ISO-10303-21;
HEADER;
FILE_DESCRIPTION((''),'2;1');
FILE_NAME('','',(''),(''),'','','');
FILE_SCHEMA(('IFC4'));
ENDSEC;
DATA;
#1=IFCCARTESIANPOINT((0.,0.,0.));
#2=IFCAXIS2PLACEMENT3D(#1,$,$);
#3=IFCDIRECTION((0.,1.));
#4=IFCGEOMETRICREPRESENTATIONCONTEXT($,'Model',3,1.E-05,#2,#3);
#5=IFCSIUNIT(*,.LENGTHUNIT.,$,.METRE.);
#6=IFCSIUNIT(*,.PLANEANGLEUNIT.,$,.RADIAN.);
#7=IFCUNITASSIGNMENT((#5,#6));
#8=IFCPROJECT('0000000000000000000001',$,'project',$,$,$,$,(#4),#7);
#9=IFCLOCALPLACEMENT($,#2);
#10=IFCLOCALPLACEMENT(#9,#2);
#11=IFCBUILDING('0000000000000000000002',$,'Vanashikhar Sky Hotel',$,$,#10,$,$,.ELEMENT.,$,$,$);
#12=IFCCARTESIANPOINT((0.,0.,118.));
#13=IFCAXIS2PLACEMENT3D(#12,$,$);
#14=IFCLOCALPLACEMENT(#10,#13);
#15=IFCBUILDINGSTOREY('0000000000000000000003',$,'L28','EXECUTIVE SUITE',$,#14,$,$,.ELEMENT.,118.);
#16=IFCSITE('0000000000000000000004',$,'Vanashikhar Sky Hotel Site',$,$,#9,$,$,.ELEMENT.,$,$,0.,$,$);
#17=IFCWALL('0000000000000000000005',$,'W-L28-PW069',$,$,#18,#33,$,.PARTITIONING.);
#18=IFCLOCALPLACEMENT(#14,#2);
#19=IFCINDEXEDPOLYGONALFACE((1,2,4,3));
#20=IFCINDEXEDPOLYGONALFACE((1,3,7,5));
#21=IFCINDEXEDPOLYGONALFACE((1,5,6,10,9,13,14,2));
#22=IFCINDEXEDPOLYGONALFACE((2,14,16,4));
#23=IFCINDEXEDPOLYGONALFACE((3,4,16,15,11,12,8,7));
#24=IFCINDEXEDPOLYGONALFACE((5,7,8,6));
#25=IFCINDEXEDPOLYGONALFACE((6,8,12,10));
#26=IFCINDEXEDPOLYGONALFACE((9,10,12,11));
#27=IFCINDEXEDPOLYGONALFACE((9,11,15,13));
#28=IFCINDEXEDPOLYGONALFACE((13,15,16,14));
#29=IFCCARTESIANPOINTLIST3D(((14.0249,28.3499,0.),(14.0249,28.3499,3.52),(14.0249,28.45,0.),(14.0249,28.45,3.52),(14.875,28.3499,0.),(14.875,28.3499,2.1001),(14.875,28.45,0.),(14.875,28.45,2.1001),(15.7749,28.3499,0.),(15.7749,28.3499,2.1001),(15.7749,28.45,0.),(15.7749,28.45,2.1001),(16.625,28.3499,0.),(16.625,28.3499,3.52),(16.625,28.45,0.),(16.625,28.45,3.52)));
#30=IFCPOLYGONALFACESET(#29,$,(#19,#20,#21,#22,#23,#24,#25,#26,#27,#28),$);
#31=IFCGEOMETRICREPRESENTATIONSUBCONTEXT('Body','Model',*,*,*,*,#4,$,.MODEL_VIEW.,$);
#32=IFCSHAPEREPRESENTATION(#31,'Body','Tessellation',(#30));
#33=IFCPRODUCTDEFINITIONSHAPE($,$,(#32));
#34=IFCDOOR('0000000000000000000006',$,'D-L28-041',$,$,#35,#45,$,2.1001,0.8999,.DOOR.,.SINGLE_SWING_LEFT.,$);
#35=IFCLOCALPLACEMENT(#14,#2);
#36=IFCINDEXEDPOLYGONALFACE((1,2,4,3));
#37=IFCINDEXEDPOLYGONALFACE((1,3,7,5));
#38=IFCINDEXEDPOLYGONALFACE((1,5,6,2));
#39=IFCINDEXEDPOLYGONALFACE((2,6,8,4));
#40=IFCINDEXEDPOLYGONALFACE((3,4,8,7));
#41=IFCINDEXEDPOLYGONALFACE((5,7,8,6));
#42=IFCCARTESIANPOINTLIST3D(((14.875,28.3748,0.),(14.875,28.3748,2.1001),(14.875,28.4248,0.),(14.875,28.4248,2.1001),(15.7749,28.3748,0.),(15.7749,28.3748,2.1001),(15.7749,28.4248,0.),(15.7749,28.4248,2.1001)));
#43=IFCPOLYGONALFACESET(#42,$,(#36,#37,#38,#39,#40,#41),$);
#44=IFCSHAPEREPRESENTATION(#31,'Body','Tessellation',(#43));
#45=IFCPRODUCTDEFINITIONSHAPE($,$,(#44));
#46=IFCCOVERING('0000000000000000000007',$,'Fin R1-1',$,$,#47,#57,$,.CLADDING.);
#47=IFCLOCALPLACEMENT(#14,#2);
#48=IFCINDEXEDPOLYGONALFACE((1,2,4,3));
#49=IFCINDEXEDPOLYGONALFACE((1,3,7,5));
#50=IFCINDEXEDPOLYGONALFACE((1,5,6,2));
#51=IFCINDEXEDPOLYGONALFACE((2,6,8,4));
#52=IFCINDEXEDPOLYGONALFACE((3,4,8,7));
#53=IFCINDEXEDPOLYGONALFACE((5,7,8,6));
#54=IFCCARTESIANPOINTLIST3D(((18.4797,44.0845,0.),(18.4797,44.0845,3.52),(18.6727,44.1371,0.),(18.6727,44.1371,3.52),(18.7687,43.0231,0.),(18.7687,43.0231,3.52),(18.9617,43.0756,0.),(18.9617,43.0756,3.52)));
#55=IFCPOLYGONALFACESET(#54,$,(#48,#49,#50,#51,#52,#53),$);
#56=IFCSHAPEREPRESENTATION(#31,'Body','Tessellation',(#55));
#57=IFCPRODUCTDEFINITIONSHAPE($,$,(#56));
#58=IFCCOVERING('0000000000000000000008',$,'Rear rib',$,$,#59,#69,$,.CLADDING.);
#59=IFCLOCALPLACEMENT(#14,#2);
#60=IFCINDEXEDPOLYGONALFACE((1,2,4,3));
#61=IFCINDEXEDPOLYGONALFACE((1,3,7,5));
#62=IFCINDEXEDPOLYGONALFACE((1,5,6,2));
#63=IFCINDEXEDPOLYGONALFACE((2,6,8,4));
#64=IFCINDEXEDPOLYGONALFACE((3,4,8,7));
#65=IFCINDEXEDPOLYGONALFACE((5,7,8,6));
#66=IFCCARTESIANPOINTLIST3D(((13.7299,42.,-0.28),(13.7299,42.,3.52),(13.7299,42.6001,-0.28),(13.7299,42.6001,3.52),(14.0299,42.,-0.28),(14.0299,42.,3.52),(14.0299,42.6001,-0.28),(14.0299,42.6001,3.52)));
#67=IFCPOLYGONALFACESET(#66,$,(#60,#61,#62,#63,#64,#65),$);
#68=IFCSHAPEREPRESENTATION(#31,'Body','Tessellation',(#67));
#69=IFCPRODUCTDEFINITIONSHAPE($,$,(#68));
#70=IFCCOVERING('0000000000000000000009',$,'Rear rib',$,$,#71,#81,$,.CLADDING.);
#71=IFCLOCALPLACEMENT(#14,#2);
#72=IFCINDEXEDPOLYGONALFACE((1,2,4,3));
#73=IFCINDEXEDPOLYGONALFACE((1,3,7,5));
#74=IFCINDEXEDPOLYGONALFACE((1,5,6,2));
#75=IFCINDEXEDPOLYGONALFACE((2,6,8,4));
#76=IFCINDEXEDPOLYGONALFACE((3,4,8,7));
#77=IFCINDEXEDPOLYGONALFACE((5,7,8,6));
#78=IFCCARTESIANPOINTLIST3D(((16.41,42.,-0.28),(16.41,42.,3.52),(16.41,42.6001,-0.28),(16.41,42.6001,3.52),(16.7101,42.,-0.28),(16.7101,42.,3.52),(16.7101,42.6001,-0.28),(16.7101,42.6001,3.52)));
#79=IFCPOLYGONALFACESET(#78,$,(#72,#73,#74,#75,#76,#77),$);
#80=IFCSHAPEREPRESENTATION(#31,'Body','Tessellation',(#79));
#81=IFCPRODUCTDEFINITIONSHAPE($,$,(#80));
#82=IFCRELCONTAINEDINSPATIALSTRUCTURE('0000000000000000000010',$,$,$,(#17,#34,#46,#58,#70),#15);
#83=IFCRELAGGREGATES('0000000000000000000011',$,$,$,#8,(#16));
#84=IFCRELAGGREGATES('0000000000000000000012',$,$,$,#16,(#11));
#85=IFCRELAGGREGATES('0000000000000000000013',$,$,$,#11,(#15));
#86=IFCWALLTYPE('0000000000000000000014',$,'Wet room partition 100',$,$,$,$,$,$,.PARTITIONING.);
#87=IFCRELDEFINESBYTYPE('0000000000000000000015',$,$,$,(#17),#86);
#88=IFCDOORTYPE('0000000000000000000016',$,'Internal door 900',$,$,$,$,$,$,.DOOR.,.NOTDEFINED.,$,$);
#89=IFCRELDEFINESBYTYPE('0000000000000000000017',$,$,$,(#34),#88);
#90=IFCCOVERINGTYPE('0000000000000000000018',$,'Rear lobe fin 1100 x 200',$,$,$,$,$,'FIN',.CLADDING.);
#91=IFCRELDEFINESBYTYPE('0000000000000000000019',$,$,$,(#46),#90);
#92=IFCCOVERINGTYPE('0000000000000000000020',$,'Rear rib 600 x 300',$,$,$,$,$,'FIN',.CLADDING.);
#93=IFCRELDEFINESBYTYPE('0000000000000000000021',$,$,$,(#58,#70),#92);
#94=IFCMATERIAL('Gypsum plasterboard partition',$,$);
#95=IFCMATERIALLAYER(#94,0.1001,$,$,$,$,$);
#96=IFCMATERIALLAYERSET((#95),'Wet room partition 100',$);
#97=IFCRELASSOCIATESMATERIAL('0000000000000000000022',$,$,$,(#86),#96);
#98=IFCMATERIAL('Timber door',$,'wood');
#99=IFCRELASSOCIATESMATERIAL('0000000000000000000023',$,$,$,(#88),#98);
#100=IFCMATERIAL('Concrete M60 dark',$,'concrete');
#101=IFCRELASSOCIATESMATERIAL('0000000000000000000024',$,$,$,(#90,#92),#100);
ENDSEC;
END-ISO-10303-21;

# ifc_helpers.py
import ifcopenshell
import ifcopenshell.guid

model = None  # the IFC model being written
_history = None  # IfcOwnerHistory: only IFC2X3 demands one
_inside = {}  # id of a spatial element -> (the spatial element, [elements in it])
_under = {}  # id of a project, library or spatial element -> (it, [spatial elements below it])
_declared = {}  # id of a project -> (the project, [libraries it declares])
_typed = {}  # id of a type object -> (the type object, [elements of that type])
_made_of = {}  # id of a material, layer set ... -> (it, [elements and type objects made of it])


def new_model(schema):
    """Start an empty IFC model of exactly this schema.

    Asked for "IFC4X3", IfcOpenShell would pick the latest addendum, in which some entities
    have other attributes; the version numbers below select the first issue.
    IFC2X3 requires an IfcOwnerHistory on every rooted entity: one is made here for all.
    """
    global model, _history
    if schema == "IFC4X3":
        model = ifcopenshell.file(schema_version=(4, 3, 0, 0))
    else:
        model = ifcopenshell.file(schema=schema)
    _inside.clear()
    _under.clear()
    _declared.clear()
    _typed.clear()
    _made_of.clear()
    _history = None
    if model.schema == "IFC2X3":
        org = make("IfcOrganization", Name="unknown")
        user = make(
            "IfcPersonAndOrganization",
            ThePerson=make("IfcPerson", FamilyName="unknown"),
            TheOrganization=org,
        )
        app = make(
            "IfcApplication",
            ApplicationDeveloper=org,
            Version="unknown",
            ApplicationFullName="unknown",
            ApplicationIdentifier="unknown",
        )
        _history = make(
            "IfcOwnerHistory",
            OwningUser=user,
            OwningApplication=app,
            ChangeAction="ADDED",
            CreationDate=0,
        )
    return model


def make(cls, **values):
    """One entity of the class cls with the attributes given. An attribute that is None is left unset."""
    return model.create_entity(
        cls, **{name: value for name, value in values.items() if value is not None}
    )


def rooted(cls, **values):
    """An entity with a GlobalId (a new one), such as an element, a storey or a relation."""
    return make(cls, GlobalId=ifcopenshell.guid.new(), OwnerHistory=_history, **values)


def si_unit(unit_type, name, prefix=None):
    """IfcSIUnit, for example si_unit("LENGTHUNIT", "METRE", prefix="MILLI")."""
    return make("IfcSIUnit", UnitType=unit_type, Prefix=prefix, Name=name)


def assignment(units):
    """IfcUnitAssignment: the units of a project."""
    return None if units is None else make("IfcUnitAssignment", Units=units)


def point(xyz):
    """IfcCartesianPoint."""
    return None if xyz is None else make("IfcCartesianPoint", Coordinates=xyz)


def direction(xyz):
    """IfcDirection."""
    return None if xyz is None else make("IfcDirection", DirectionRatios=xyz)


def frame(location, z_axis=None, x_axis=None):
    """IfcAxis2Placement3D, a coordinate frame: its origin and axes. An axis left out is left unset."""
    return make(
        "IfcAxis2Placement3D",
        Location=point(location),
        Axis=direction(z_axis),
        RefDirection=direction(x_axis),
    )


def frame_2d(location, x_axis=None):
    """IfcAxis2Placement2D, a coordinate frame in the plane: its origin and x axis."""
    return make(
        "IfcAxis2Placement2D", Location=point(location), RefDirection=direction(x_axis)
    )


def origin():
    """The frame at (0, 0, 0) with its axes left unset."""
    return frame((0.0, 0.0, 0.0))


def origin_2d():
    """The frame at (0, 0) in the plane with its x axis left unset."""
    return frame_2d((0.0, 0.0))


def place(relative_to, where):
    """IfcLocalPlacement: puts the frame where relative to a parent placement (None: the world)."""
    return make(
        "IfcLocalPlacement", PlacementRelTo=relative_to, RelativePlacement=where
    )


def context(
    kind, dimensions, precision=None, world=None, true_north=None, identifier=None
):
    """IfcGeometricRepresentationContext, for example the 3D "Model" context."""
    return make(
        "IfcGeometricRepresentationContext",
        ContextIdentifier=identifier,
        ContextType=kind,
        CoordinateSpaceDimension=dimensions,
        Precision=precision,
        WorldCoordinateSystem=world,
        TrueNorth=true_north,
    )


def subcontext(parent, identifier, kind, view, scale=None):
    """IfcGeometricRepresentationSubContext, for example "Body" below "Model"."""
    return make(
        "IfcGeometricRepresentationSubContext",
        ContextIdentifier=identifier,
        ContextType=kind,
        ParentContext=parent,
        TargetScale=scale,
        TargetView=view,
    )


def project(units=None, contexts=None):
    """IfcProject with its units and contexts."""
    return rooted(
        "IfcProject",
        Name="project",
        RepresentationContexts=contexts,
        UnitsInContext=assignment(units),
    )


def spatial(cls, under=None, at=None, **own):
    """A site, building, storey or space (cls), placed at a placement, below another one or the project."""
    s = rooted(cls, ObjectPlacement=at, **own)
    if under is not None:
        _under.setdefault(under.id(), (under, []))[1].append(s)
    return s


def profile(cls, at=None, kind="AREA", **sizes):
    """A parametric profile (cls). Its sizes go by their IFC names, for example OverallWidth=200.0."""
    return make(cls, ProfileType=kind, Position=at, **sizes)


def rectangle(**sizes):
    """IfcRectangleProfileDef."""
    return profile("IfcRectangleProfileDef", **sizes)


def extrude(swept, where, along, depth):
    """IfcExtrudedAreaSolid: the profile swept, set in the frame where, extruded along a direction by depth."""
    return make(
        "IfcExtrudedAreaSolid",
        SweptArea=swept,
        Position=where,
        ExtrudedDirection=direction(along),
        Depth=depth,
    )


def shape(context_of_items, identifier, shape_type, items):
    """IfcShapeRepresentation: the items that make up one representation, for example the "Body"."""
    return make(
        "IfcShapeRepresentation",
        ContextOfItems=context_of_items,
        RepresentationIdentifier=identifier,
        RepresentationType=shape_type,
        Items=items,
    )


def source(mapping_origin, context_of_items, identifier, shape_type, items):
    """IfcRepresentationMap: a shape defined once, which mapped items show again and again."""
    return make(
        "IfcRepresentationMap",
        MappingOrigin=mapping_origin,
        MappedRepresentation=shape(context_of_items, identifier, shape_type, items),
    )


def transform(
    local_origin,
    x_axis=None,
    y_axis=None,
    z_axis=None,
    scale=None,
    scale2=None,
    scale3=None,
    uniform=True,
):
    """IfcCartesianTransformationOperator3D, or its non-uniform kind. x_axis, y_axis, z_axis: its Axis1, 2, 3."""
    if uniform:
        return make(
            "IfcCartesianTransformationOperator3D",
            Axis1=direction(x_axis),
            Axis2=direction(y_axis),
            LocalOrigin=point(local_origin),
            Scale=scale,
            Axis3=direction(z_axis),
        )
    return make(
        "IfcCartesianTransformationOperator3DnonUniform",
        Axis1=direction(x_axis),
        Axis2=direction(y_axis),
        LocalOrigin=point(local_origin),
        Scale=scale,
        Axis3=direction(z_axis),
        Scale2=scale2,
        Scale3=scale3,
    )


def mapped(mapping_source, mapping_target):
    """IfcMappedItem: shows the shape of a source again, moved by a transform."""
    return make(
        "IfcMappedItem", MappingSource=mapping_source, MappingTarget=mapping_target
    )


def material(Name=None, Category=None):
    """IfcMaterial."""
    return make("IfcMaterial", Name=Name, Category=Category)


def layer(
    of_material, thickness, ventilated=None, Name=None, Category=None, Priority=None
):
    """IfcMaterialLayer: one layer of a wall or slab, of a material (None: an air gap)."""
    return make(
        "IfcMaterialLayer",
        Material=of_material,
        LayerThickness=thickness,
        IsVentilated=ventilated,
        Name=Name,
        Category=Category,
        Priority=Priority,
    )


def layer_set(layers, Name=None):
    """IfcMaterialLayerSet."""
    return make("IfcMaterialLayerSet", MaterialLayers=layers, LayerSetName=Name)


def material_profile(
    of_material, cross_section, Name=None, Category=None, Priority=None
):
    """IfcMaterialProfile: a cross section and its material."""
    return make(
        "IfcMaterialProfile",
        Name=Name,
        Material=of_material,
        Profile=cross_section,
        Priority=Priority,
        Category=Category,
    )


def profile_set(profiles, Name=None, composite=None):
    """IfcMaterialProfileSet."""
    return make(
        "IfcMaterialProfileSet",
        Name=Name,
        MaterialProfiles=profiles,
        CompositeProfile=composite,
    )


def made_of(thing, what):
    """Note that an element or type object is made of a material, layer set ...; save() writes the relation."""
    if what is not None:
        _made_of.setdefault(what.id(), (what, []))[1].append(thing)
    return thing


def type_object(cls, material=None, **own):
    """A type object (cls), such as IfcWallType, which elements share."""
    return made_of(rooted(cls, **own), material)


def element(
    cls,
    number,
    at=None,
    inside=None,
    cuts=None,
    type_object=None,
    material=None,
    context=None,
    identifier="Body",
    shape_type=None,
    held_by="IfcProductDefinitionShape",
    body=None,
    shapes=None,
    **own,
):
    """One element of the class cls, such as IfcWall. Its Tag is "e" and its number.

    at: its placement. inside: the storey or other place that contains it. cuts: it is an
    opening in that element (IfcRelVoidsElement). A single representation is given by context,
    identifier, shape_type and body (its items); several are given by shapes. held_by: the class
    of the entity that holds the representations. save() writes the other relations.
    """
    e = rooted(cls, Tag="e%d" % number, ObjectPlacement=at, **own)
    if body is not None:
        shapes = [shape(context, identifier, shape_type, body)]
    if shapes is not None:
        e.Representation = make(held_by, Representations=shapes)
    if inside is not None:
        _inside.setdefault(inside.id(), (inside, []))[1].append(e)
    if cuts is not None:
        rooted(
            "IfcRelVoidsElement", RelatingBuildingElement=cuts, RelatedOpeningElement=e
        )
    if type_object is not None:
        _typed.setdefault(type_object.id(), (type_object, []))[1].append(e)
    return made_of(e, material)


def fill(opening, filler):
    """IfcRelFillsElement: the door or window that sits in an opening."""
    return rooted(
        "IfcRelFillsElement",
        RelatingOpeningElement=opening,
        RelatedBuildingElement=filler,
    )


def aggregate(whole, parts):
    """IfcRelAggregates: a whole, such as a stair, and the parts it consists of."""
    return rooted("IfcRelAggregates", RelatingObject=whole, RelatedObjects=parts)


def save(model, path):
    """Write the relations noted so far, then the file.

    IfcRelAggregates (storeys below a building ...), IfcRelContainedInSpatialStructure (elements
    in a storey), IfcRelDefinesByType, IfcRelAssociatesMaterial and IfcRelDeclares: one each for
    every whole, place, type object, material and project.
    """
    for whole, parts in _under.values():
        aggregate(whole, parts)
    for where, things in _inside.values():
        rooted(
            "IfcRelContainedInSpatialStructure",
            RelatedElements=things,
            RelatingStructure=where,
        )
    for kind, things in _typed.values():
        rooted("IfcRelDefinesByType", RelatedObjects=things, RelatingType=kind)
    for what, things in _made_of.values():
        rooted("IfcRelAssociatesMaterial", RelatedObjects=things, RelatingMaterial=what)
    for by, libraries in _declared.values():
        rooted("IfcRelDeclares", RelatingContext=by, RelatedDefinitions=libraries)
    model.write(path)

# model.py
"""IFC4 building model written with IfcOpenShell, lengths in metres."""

from ifc_helpers import new_model, si_unit, direction, frame, frame_2d, origin, origin_2d, place, context, subcontext, project, spatial, rectangle, extrude, source, transform, mapped, material, layer, layer_set, material_profile, profile_set, type_object, element, fill, save


model = new_model("IFC4")

# Units and contexts
model_context = context("Model", 3, precision=1e-05, world=origin(), true_north=direction((0.0, 1.0)))
body_context = subcontext(model_context, "Body", "Model", "MODEL_VIEW")
ifc_project = project(units=[si_unit("LENGTHUNIT", "METRE"), si_unit("PLANEANGLEUNIT", "RADIAN")], contexts=[model_context])

# Site, building, storey
site_placement = place(None, origin())
site = spatial("IfcSite", under=ifc_project, at=site_placement, Name="Vanashikhar Sky Hotel Site", CompositionType="ELEMENT", RefElevation=0.0)
building_placement = place(site_placement, origin())
building = spatial("IfcBuilding", under=site, at=building_placement, Name="Vanashikhar Sky Hotel", CompositionType="ELEMENT")
storey_placement = place(building_placement, frame((0.0, 0.0, 118.0)))
storey = spatial("IfcBuildingStorey", under=building, at=storey_placement, Name="L28", Description="EXECUTIVE SUITE", CompositionType="ELEMENT", Elevation=118.0)

# Wall, opening, door
ifc_material_1 = material(Name="Gypsum plasterboard partition")
ifc_layer_1 = layer(ifc_material_1, 0.1001)
ifc_layer_set_1 = layer_set([ifc_layer_1], Name="Wet room partition 100")
wall_type_1 = type_object("IfcWallType", Name="Wet room partition 100", PredefinedType="PARTITIONING", material=ifc_layer_set_1)
shared_shape_1 = source(origin(), body_context, "Body", "SweptSolid", [
    extrude(rectangle(XDim=2.6001, YDim=0.1001, at=frame_2d((1.3, 0.0))), origin(), (0.0, 0.0, 1.0), 3.52),
])
wall_1_placement = place(storey_placement, frame((14.0249, 28.3999, 0.0), z_axis=(0.0, 0.0, 1.0), x_axis=(1.0, 0.0, 0.0)))
wall_1 = element("IfcWall", 1, at=wall_1_placement, inside=storey, type_object=wall_type_1, Name="W-L28-PW069", PredefinedType="PARTITIONING", context=body_context, shape_type="MappedRepresentation", body=[
    mapped(shared_shape_1, transform((0.0, 0.0, 0.0), scale=1.0)),
])
shared_shape_2 = source(origin(), body_context, "Body", "SweptSolid", [
    extrude(rectangle(XDim=0.8999, YDim=2.1001, at=frame_2d((0.45, 1.05))), frame((0.0, 0.0601, 0.0), z_axis=(0.0, -1.0, 0.0), x_axis=(1.0, 0.0, 0.0)), (0.0, 0.0, 1.0), 0.1201),
])
opening_1_placement = place(wall_1_placement, frame((0.8501, 0.0, 0.0)))
opening_1 = element("IfcOpeningElement", 2, at=opening_1_placement, cuts=wall_1, PredefinedType="OPENING", context=body_context, shape_type="MappedRepresentation", body=[
    mapped(shared_shape_2, transform((0.0, 0.0, 0.0), scale=1.0)),
])
ifc_material_2 = material(Name="Timber door", Category="wood")
door_type_1 = type_object("IfcDoorType", Name="Internal door 900", OperationType="NOTDEFINED", PredefinedType="DOOR", material=ifc_material_2)
shared_shape_3 = source(origin(), body_context, "Body", "SweptSolid", [
    extrude(rectangle(XDim=0.8999, YDim=2.1001, at=frame_2d((0.45, 1.05))), frame((0.0, 0.0249, 0.0), z_axis=(0.0, -1.0, 0.0), x_axis=(1.0, 0.0, 0.0)), (0.0, 0.0, 1.0), 0.05),
])
door_1_placement = place(opening_1_placement, origin())
door_1 = element("IfcDoor", 3, at=door_1_placement, inside=storey, type_object=door_type_1, Name="D-L28-041", OperationType="SINGLE_SWING_LEFT", OverallHeight=2.1001, OverallWidth=0.8999, PredefinedType="DOOR", context=body_context, shape_type="MappedRepresentation", body=[
    mapped(shared_shape_3, transform((0.0, 0.0, 0.0), scale=1.0)),
])
fill(opening_1, door_1)

# Coverings
ifc_material_3 = material(Name="Concrete M60 dark", Category="concrete")
ifc_material_profile_1 = material_profile(ifc_material_3, rectangle(XDim=1.1001, YDim=0.2, at=origin_2d()))
ifc_profile_set_1 = profile_set([ifc_material_profile_1], Name="Rear lobe fin 1100 x 200")
covering_type_1 = type_object("IfcCoveringType", Name="Rear lobe fin 1100 x 200", ElementType="FIN", PredefinedType="CLADDING", material=ifc_profile_set_1)
shared_shape_4 = source(origin(), body_context, "Body", "SweptSolid", [
    extrude(rectangle(XDim=1.1001, YDim=0.2, at=origin_2d()), origin(), (0.0, 0.0, 1.0), 3.52),
])
covering_placement = place(storey_placement, frame((18.7207, 43.5801, 0.0), z_axis=(0.0, 0.0, 1.0), x_axis=(-0.262711, 0.964874, 0.0)))
element("IfcCovering", 4, at=covering_placement, inside=storey, type_object=covering_type_1, Name="Fin R1-1", PredefinedType="CLADDING", context=body_context, shape_type="MappedRepresentation", body=[
    mapped(shared_shape_4, transform((0.0, 0.0, 0.0), scale=1.0)),
])
ifc_material_profile_2 = material_profile(ifc_material_3, rectangle(XDim=0.6001, YDim=0.3, at=origin_2d()))
ifc_profile_set_2 = profile_set([ifc_material_profile_2], Name="Rear rib 600 x 300")
covering_type_2 = type_object("IfcCoveringType", Name="Rear rib 600 x 300", ElementType="FIN", PredefinedType="CLADDING", material=ifc_profile_set_2)
shared_shape_5 = source(origin(), body_context, "Body", "SweptSolid", [
    extrude(rectangle(XDim=0.6001, YDim=0.3, at=origin_2d()), origin(), (0.0, 0.0, 1.0), 3.8),
])
for number, where, z_axis, x_axis, name in (
    (5, (13.8799, 42.3, -0.28), (0.0, 0.0, 1.0), (0.0, 1.0, 0.0), "Rear rib"),
    (6, (16.5601, 42.3, -0.28), (0.0, 0.0, 1.0), (0.0, 1.0, 0.0), "Rear rib"),
):
    element("IfcCovering", number, at=place(storey_placement, frame(where, z_axis=z_axis, x_axis=x_axis)), inside=storey, type_object=covering_type_2, Name=name, PredefinedType="CLADDING", context=body_context, shape_type="MappedRepresentation", body=[
        mapped(shared_shape_5, transform((0.0, 0.0, 0.0), scale=1.0)),
    ])

save(model, "model.ifc")
